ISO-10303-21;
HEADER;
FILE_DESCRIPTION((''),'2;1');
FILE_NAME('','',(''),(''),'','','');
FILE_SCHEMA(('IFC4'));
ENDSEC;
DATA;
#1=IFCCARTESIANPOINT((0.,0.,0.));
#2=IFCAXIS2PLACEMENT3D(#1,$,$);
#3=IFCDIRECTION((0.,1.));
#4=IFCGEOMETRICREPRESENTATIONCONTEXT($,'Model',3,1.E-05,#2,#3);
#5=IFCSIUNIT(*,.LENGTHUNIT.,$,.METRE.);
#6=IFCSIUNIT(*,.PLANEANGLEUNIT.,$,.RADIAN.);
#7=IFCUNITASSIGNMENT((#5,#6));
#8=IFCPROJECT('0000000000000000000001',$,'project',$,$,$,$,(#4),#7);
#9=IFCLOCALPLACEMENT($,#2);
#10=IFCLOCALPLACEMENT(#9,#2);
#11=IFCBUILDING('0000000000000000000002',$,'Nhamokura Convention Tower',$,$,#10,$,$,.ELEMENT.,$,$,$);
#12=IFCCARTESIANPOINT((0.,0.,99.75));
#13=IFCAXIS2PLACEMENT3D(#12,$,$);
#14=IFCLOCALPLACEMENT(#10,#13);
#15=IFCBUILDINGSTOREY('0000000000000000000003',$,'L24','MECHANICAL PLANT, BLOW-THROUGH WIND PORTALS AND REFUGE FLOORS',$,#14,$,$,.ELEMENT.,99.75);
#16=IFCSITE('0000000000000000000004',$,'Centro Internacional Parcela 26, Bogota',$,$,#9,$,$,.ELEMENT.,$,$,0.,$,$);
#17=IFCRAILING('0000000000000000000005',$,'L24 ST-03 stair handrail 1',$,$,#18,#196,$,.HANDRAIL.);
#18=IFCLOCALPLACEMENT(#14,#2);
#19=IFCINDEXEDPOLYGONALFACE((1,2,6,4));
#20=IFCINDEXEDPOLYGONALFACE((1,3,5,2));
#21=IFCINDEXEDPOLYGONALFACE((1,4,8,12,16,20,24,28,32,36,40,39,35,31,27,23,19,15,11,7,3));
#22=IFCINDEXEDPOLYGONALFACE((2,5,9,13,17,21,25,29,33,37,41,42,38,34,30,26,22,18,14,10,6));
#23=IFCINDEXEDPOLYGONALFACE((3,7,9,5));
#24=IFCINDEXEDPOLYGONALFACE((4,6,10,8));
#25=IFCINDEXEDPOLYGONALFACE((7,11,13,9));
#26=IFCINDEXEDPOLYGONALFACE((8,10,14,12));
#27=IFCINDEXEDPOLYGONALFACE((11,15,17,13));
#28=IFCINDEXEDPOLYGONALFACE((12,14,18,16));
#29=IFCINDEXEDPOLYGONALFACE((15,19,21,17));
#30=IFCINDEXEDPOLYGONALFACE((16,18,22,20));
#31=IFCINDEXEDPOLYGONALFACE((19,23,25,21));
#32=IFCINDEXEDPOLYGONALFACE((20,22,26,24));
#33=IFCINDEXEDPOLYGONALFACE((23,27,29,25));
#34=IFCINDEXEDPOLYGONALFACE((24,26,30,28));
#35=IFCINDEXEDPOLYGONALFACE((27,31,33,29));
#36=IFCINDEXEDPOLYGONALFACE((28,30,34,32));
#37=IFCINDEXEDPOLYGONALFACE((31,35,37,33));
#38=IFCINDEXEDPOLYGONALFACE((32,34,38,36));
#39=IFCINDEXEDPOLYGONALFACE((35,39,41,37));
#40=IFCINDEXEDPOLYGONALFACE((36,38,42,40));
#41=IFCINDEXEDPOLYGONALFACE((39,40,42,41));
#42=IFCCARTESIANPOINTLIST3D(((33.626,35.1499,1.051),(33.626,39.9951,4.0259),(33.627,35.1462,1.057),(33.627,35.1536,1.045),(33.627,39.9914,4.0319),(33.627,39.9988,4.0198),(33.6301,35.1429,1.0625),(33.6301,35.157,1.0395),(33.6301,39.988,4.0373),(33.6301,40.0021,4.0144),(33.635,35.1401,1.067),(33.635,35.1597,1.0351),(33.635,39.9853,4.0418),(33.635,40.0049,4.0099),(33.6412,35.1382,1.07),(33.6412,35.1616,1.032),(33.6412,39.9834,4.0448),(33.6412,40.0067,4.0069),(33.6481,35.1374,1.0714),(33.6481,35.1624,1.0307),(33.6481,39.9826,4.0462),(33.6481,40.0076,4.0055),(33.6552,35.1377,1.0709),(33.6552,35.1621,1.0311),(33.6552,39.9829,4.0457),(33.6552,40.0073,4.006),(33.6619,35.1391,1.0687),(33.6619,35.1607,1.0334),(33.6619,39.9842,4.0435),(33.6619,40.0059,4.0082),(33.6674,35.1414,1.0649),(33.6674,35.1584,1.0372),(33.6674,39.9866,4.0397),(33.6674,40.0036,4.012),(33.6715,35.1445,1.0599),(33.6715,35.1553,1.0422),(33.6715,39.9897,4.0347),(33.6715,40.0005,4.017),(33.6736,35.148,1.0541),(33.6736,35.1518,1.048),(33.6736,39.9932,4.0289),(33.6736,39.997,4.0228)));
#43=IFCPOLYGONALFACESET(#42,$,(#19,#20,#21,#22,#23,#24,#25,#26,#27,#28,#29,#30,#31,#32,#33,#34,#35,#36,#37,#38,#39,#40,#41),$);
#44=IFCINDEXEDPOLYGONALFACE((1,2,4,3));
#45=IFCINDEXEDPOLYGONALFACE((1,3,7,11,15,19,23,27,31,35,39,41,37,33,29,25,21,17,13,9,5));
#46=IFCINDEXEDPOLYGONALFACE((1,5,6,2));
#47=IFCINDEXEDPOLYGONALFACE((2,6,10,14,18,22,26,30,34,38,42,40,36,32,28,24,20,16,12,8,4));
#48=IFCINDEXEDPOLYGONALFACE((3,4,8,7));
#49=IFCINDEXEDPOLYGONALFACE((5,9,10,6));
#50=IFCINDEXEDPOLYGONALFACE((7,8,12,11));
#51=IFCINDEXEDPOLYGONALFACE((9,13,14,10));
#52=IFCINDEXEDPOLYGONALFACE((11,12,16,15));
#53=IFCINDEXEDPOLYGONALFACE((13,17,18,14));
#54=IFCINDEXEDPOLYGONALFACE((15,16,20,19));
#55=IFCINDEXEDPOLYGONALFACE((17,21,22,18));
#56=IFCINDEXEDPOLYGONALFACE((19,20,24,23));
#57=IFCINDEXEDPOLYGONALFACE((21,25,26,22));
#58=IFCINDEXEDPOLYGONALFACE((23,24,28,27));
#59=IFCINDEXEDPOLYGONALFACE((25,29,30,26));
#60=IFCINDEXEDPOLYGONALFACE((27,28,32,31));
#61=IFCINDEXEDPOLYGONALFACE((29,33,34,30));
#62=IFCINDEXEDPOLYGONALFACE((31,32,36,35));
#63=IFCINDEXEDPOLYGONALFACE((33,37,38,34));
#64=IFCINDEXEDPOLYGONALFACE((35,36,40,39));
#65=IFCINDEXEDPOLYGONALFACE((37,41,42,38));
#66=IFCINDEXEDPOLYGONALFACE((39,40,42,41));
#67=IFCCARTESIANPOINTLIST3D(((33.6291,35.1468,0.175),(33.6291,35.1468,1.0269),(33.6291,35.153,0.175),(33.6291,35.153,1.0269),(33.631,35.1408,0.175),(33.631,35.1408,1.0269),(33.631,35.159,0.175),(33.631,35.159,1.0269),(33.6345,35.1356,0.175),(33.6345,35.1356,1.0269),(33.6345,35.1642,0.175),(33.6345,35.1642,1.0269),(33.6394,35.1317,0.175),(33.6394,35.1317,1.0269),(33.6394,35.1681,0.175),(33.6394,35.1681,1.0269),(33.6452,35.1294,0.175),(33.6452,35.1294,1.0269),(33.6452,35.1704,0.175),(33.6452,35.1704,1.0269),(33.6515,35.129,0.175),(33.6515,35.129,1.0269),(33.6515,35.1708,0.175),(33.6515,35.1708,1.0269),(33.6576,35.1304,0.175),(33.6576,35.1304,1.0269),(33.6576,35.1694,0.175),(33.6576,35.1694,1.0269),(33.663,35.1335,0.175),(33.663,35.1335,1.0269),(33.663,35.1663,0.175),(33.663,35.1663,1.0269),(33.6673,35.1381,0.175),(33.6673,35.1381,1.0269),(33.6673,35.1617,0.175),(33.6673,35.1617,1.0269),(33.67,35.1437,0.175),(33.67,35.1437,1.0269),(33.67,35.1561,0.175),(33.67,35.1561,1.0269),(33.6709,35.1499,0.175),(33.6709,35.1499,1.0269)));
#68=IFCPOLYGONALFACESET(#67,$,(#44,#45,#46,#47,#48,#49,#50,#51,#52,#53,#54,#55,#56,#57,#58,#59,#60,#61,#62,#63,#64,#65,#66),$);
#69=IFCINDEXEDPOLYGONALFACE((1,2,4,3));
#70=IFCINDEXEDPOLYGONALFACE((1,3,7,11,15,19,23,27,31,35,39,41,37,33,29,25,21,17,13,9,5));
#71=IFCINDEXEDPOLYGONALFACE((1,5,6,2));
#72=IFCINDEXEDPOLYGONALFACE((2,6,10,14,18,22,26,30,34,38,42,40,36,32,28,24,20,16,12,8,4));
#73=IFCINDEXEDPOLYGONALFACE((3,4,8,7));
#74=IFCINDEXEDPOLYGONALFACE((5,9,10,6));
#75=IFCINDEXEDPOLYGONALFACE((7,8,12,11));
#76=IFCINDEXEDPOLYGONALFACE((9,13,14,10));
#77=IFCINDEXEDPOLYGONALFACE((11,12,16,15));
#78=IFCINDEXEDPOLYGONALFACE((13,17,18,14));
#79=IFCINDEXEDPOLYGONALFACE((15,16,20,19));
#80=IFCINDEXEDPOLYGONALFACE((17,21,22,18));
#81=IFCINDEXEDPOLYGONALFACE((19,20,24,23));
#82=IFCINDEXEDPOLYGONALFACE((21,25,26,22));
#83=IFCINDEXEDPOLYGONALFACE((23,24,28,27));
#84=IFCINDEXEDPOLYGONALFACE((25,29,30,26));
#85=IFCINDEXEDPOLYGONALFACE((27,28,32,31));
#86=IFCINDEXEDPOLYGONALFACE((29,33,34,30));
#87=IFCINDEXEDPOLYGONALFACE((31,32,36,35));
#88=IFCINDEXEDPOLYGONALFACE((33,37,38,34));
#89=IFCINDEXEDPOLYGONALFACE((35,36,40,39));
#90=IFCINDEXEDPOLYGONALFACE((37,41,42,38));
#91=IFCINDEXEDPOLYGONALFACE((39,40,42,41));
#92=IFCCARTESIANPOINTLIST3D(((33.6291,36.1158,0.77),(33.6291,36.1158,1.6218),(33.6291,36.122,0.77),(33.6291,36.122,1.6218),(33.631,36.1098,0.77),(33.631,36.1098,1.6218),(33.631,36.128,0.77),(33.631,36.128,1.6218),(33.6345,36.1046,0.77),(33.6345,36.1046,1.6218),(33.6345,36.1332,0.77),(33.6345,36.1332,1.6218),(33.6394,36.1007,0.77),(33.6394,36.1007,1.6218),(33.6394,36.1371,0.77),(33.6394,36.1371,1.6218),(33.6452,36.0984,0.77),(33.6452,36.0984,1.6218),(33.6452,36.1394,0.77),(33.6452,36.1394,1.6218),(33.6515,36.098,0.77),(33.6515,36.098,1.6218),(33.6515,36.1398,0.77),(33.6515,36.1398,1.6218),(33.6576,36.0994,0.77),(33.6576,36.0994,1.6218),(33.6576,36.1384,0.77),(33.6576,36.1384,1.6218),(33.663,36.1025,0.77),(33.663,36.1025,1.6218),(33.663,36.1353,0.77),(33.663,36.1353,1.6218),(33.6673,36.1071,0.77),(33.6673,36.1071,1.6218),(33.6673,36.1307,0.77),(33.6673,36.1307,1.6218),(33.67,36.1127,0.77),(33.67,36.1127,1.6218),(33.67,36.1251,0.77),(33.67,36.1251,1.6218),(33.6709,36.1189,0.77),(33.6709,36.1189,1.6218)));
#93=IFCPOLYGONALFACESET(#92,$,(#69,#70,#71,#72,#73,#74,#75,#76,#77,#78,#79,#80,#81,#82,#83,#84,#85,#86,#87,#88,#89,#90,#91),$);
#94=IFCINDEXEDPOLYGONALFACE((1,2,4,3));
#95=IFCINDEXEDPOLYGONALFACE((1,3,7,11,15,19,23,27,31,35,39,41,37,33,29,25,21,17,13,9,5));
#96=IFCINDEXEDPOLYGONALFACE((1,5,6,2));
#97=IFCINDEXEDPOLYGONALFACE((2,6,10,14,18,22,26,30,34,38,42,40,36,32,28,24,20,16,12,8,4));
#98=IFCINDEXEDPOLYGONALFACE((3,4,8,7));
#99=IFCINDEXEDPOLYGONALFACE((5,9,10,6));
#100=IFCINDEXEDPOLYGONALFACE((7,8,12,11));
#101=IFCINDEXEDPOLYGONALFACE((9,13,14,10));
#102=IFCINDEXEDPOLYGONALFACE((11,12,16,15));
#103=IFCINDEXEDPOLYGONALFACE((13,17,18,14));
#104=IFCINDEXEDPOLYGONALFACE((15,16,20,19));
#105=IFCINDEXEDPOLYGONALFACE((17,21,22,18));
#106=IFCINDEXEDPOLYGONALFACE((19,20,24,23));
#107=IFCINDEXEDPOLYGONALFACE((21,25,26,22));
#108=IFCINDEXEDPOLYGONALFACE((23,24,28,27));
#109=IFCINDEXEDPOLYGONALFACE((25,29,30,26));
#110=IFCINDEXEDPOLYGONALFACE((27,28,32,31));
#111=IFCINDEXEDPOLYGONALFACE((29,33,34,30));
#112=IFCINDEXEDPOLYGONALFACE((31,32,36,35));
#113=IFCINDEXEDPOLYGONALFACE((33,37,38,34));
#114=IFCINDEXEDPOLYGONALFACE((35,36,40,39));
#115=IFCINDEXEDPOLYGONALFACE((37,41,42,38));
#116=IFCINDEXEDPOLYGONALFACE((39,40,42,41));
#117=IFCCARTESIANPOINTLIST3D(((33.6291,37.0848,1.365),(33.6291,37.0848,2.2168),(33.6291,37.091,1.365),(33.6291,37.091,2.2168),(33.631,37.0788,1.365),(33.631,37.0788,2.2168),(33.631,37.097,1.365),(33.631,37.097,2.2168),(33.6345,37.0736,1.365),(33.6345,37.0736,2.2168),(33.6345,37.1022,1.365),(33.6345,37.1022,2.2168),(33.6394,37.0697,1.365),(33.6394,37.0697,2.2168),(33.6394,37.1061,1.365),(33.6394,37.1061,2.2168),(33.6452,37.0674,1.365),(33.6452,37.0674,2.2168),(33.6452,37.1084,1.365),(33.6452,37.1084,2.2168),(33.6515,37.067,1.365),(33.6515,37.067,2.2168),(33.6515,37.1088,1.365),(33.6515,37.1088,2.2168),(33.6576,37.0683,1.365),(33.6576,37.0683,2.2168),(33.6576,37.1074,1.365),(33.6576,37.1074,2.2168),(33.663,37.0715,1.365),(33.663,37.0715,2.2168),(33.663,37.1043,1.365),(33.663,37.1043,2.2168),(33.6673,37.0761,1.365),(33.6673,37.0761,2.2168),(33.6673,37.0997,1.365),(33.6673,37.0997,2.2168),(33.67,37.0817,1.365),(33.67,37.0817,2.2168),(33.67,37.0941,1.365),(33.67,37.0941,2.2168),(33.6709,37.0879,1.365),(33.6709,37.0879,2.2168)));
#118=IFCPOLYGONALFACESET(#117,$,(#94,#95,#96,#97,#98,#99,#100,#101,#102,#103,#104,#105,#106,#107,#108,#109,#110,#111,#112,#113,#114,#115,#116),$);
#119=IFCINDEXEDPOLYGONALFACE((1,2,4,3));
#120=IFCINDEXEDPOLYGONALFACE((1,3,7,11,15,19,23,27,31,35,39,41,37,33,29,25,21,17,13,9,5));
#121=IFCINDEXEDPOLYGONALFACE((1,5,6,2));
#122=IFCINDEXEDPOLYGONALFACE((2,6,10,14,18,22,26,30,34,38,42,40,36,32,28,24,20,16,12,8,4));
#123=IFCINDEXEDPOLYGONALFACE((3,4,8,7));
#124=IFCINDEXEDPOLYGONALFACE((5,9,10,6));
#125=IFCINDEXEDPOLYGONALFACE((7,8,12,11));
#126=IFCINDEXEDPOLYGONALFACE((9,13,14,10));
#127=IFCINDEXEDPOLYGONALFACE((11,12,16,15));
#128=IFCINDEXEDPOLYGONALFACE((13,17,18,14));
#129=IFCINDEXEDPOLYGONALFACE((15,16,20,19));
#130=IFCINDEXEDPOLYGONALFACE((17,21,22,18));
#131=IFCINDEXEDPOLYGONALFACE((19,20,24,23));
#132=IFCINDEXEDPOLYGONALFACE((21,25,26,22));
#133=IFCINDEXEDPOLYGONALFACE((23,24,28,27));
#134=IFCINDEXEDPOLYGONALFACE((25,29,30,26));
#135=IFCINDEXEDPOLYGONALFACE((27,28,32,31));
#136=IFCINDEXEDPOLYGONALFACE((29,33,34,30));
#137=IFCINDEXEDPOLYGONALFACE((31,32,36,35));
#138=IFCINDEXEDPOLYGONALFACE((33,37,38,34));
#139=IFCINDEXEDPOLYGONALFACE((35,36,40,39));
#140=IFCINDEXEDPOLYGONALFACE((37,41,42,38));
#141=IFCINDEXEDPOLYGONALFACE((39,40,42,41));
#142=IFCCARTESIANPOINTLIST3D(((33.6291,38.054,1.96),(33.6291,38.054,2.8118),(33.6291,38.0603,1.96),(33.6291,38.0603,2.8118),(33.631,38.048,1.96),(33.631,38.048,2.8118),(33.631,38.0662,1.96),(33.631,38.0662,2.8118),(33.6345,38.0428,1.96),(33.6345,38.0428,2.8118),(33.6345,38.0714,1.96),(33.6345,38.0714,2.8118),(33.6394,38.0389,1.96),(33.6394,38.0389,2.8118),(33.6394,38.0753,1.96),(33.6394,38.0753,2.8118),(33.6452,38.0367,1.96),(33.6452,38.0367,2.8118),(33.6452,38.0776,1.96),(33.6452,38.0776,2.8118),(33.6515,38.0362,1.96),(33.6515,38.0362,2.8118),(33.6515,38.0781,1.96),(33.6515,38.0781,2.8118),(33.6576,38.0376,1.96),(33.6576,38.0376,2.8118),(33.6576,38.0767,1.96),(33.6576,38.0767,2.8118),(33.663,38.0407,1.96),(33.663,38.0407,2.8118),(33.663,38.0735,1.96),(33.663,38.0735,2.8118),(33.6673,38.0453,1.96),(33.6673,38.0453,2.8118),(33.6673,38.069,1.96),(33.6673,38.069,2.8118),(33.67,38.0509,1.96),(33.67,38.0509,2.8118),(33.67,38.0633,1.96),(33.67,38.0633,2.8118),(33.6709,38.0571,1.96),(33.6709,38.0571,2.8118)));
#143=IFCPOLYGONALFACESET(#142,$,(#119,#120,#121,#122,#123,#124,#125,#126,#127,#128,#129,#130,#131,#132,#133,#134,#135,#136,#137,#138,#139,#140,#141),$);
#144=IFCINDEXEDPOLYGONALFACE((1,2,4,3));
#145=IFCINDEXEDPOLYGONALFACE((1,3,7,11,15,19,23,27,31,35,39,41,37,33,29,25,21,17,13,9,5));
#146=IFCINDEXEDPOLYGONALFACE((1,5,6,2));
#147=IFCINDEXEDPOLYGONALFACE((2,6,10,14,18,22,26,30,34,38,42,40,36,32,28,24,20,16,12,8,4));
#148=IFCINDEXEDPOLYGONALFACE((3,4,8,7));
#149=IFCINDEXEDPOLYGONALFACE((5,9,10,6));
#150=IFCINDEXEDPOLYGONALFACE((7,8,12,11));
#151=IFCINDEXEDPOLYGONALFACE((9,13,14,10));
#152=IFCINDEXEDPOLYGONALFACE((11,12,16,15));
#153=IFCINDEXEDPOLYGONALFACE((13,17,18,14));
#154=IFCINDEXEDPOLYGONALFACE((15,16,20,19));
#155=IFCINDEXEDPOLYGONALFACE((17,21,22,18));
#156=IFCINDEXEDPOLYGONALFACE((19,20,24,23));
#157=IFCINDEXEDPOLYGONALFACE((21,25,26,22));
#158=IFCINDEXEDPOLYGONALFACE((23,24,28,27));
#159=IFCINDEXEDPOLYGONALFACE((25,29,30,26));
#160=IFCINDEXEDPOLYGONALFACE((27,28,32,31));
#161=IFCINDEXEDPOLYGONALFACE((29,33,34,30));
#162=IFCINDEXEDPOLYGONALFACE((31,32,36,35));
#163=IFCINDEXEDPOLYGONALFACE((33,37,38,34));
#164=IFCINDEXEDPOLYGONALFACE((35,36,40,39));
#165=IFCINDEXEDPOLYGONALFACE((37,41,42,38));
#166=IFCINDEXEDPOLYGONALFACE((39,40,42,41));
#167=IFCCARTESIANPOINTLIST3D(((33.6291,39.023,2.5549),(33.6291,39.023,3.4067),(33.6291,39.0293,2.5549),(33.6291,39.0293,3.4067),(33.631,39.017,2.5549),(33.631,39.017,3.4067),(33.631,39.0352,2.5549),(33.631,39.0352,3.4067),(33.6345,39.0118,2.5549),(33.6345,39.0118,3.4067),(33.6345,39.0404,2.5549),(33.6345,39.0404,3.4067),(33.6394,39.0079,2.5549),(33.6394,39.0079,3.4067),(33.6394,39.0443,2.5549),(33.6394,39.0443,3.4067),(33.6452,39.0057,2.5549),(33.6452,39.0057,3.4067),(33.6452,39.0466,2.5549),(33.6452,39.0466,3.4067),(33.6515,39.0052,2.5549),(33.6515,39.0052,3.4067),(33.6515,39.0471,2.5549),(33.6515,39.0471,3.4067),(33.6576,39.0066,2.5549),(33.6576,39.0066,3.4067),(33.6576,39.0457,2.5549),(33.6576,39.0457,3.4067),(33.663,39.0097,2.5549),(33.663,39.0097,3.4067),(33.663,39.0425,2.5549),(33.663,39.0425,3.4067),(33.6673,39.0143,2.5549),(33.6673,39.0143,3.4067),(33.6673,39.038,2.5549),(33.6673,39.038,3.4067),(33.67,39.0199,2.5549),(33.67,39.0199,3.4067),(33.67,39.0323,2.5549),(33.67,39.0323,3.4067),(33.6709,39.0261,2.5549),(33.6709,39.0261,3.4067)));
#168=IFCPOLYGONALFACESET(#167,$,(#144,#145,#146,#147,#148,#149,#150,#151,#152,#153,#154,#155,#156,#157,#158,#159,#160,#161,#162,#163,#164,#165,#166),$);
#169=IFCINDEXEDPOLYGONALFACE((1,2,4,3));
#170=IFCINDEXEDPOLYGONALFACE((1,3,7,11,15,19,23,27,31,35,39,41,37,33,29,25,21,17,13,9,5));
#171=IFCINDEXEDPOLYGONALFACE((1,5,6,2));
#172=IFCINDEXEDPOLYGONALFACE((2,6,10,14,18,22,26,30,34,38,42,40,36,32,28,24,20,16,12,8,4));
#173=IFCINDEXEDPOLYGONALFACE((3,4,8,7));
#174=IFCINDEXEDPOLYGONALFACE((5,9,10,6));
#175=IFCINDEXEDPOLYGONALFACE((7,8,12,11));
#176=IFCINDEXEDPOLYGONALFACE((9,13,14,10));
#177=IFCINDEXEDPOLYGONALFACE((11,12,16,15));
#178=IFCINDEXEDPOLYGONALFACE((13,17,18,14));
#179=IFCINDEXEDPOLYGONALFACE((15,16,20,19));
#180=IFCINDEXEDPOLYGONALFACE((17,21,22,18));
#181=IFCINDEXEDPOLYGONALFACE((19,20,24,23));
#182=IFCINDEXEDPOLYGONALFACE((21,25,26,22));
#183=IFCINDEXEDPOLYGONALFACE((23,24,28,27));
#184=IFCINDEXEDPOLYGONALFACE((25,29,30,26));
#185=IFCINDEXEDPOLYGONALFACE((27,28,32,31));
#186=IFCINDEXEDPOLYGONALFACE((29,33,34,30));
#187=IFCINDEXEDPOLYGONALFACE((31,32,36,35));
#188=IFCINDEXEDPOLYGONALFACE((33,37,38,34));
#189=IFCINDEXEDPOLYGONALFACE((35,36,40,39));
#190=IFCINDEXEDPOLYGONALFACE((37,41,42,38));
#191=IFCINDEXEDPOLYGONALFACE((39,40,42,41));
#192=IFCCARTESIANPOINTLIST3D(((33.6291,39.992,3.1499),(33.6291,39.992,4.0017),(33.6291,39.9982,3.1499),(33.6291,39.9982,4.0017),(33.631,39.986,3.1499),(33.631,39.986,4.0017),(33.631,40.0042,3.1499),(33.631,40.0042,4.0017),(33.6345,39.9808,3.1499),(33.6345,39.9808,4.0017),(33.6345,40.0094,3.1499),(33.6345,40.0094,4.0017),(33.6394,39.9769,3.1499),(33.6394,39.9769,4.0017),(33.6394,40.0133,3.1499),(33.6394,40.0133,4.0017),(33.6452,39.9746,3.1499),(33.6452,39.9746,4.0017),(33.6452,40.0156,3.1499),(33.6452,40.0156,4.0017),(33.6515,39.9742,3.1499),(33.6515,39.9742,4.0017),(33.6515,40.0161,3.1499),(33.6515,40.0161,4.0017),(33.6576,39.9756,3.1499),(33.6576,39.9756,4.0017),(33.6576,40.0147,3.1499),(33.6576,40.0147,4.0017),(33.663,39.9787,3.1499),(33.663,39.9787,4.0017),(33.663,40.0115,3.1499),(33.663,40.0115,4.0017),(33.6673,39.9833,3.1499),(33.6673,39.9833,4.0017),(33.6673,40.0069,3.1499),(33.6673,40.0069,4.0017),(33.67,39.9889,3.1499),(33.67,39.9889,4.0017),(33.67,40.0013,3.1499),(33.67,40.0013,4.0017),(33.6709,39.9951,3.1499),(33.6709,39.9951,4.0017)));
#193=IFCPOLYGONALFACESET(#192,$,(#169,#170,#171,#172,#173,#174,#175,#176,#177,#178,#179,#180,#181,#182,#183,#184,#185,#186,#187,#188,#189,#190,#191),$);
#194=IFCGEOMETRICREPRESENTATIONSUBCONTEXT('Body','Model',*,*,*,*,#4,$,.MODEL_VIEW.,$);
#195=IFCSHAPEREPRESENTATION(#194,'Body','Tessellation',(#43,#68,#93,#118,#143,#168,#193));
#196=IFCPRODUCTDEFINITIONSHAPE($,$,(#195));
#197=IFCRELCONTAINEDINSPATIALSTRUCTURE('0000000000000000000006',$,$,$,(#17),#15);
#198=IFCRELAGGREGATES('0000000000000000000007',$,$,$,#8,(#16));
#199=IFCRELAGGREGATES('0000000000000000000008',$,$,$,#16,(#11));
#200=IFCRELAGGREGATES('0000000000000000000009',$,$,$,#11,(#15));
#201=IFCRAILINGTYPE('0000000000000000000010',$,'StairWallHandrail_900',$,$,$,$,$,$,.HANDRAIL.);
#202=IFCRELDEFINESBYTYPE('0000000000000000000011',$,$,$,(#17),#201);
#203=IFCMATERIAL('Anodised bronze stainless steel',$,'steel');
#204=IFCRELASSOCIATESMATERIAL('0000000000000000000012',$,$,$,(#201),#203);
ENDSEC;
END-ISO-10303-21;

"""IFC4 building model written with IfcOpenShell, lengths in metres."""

from ifc_helpers import new_model, si_unit, direction, frame, origin, origin_2d, place, context, subcontext, project, spatial, circle, extrude, material, type_object, element, save


model = new_model("IFC4")

# Units and contexts
model_context = context("Model", 3, precision=1e-05, world=origin(), true_north=direction((0.0, 1.0)))
body_context = subcontext(model_context, "Body", "Model", "MODEL_VIEW")
ifc_project = project(units=[si_unit("LENGTHUNIT", "METRE"), si_unit("PLANEANGLEUNIT", "RADIAN")], contexts=[model_context])

# Site, building, storey
site_placement = place(None, origin())
site = spatial("IfcSite", under=ifc_project, at=site_placement, Name="Centro Internacional Parcela 26, Bogota", CompositionType="ELEMENT", RefElevation=0.0)
building_placement = place(site_placement, origin())
building = spatial("IfcBuilding", under=site, at=building_placement, Name="Nhamokura Convention Tower", CompositionType="ELEMENT")
storey_placement = place(building_placement, frame((0.0, 0.0, 99.75)))
storey = spatial("IfcBuildingStorey", under=building, at=storey_placement, Name="L24", Description="MECHANICAL PLANT, BLOW-THROUGH WIND PORTALS AND REFUGE FLOORS", CompositionType="ELEMENT", Elevation=99.75)

# Railing
ifc_material_1 = material(Name="Anodised bronze stainless steel", Category="steel")
railing_type_1 = type_object("IfcRailingType", Name="StairWallHandrail_900", PredefinedType="HANDRAIL", material=ifc_material_1)
railing_1_placement = place(storey_placement, frame((33.6499, 35.1499, 0.175)))
element("IfcRailing", 1, at=railing_1_placement, inside=storey, type_object=railing_type_1, Name="L24 ST-03 stair handrail 1", PredefinedType="HANDRAIL", context=body_context, shape_type="SweptSolid", body=[
    extrude(circle(Radius=0.0239, at=origin_2d()), frame((0.0, 0.0, 0.876), z_axis=(0.0, 0.852193, 0.523227), x_axis=(-1.0, 0.0, 0.0)), (0.0, 0.0, 1.0), 5.6855),
    extrude(circle(Radius=0.021, at=origin_2d()), origin(), (0.0, 0.0, 1.0), 0.8518),
    extrude(circle(Radius=0.021, at=origin_2d()), frame((0.0, 0.969, 0.595)), (0.0, 0.0, 1.0), 0.8518),
    extrude(circle(Radius=0.021, at=origin_2d()), frame((0.0, 1.938, 1.1899)), (0.0, 0.0, 1.0), 0.8518),
    extrude(circle(Radius=0.021, at=origin_2d()), frame((0.0, 2.9072, 1.7849)), (0.0, 0.0, 1.0), 0.8518),
    extrude(circle(Radius=0.021, at=origin_2d()), frame((0.0, 3.8762, 2.3799)), (0.0, 0.0, 1.0), 0.8518),
    extrude(circle(Radius=0.021, at=origin_2d()), frame((0.0, 4.8452, 2.9749)), (0.0, 0.0, 1.0), 0.8518),
])

save(model, "model.ifc")
